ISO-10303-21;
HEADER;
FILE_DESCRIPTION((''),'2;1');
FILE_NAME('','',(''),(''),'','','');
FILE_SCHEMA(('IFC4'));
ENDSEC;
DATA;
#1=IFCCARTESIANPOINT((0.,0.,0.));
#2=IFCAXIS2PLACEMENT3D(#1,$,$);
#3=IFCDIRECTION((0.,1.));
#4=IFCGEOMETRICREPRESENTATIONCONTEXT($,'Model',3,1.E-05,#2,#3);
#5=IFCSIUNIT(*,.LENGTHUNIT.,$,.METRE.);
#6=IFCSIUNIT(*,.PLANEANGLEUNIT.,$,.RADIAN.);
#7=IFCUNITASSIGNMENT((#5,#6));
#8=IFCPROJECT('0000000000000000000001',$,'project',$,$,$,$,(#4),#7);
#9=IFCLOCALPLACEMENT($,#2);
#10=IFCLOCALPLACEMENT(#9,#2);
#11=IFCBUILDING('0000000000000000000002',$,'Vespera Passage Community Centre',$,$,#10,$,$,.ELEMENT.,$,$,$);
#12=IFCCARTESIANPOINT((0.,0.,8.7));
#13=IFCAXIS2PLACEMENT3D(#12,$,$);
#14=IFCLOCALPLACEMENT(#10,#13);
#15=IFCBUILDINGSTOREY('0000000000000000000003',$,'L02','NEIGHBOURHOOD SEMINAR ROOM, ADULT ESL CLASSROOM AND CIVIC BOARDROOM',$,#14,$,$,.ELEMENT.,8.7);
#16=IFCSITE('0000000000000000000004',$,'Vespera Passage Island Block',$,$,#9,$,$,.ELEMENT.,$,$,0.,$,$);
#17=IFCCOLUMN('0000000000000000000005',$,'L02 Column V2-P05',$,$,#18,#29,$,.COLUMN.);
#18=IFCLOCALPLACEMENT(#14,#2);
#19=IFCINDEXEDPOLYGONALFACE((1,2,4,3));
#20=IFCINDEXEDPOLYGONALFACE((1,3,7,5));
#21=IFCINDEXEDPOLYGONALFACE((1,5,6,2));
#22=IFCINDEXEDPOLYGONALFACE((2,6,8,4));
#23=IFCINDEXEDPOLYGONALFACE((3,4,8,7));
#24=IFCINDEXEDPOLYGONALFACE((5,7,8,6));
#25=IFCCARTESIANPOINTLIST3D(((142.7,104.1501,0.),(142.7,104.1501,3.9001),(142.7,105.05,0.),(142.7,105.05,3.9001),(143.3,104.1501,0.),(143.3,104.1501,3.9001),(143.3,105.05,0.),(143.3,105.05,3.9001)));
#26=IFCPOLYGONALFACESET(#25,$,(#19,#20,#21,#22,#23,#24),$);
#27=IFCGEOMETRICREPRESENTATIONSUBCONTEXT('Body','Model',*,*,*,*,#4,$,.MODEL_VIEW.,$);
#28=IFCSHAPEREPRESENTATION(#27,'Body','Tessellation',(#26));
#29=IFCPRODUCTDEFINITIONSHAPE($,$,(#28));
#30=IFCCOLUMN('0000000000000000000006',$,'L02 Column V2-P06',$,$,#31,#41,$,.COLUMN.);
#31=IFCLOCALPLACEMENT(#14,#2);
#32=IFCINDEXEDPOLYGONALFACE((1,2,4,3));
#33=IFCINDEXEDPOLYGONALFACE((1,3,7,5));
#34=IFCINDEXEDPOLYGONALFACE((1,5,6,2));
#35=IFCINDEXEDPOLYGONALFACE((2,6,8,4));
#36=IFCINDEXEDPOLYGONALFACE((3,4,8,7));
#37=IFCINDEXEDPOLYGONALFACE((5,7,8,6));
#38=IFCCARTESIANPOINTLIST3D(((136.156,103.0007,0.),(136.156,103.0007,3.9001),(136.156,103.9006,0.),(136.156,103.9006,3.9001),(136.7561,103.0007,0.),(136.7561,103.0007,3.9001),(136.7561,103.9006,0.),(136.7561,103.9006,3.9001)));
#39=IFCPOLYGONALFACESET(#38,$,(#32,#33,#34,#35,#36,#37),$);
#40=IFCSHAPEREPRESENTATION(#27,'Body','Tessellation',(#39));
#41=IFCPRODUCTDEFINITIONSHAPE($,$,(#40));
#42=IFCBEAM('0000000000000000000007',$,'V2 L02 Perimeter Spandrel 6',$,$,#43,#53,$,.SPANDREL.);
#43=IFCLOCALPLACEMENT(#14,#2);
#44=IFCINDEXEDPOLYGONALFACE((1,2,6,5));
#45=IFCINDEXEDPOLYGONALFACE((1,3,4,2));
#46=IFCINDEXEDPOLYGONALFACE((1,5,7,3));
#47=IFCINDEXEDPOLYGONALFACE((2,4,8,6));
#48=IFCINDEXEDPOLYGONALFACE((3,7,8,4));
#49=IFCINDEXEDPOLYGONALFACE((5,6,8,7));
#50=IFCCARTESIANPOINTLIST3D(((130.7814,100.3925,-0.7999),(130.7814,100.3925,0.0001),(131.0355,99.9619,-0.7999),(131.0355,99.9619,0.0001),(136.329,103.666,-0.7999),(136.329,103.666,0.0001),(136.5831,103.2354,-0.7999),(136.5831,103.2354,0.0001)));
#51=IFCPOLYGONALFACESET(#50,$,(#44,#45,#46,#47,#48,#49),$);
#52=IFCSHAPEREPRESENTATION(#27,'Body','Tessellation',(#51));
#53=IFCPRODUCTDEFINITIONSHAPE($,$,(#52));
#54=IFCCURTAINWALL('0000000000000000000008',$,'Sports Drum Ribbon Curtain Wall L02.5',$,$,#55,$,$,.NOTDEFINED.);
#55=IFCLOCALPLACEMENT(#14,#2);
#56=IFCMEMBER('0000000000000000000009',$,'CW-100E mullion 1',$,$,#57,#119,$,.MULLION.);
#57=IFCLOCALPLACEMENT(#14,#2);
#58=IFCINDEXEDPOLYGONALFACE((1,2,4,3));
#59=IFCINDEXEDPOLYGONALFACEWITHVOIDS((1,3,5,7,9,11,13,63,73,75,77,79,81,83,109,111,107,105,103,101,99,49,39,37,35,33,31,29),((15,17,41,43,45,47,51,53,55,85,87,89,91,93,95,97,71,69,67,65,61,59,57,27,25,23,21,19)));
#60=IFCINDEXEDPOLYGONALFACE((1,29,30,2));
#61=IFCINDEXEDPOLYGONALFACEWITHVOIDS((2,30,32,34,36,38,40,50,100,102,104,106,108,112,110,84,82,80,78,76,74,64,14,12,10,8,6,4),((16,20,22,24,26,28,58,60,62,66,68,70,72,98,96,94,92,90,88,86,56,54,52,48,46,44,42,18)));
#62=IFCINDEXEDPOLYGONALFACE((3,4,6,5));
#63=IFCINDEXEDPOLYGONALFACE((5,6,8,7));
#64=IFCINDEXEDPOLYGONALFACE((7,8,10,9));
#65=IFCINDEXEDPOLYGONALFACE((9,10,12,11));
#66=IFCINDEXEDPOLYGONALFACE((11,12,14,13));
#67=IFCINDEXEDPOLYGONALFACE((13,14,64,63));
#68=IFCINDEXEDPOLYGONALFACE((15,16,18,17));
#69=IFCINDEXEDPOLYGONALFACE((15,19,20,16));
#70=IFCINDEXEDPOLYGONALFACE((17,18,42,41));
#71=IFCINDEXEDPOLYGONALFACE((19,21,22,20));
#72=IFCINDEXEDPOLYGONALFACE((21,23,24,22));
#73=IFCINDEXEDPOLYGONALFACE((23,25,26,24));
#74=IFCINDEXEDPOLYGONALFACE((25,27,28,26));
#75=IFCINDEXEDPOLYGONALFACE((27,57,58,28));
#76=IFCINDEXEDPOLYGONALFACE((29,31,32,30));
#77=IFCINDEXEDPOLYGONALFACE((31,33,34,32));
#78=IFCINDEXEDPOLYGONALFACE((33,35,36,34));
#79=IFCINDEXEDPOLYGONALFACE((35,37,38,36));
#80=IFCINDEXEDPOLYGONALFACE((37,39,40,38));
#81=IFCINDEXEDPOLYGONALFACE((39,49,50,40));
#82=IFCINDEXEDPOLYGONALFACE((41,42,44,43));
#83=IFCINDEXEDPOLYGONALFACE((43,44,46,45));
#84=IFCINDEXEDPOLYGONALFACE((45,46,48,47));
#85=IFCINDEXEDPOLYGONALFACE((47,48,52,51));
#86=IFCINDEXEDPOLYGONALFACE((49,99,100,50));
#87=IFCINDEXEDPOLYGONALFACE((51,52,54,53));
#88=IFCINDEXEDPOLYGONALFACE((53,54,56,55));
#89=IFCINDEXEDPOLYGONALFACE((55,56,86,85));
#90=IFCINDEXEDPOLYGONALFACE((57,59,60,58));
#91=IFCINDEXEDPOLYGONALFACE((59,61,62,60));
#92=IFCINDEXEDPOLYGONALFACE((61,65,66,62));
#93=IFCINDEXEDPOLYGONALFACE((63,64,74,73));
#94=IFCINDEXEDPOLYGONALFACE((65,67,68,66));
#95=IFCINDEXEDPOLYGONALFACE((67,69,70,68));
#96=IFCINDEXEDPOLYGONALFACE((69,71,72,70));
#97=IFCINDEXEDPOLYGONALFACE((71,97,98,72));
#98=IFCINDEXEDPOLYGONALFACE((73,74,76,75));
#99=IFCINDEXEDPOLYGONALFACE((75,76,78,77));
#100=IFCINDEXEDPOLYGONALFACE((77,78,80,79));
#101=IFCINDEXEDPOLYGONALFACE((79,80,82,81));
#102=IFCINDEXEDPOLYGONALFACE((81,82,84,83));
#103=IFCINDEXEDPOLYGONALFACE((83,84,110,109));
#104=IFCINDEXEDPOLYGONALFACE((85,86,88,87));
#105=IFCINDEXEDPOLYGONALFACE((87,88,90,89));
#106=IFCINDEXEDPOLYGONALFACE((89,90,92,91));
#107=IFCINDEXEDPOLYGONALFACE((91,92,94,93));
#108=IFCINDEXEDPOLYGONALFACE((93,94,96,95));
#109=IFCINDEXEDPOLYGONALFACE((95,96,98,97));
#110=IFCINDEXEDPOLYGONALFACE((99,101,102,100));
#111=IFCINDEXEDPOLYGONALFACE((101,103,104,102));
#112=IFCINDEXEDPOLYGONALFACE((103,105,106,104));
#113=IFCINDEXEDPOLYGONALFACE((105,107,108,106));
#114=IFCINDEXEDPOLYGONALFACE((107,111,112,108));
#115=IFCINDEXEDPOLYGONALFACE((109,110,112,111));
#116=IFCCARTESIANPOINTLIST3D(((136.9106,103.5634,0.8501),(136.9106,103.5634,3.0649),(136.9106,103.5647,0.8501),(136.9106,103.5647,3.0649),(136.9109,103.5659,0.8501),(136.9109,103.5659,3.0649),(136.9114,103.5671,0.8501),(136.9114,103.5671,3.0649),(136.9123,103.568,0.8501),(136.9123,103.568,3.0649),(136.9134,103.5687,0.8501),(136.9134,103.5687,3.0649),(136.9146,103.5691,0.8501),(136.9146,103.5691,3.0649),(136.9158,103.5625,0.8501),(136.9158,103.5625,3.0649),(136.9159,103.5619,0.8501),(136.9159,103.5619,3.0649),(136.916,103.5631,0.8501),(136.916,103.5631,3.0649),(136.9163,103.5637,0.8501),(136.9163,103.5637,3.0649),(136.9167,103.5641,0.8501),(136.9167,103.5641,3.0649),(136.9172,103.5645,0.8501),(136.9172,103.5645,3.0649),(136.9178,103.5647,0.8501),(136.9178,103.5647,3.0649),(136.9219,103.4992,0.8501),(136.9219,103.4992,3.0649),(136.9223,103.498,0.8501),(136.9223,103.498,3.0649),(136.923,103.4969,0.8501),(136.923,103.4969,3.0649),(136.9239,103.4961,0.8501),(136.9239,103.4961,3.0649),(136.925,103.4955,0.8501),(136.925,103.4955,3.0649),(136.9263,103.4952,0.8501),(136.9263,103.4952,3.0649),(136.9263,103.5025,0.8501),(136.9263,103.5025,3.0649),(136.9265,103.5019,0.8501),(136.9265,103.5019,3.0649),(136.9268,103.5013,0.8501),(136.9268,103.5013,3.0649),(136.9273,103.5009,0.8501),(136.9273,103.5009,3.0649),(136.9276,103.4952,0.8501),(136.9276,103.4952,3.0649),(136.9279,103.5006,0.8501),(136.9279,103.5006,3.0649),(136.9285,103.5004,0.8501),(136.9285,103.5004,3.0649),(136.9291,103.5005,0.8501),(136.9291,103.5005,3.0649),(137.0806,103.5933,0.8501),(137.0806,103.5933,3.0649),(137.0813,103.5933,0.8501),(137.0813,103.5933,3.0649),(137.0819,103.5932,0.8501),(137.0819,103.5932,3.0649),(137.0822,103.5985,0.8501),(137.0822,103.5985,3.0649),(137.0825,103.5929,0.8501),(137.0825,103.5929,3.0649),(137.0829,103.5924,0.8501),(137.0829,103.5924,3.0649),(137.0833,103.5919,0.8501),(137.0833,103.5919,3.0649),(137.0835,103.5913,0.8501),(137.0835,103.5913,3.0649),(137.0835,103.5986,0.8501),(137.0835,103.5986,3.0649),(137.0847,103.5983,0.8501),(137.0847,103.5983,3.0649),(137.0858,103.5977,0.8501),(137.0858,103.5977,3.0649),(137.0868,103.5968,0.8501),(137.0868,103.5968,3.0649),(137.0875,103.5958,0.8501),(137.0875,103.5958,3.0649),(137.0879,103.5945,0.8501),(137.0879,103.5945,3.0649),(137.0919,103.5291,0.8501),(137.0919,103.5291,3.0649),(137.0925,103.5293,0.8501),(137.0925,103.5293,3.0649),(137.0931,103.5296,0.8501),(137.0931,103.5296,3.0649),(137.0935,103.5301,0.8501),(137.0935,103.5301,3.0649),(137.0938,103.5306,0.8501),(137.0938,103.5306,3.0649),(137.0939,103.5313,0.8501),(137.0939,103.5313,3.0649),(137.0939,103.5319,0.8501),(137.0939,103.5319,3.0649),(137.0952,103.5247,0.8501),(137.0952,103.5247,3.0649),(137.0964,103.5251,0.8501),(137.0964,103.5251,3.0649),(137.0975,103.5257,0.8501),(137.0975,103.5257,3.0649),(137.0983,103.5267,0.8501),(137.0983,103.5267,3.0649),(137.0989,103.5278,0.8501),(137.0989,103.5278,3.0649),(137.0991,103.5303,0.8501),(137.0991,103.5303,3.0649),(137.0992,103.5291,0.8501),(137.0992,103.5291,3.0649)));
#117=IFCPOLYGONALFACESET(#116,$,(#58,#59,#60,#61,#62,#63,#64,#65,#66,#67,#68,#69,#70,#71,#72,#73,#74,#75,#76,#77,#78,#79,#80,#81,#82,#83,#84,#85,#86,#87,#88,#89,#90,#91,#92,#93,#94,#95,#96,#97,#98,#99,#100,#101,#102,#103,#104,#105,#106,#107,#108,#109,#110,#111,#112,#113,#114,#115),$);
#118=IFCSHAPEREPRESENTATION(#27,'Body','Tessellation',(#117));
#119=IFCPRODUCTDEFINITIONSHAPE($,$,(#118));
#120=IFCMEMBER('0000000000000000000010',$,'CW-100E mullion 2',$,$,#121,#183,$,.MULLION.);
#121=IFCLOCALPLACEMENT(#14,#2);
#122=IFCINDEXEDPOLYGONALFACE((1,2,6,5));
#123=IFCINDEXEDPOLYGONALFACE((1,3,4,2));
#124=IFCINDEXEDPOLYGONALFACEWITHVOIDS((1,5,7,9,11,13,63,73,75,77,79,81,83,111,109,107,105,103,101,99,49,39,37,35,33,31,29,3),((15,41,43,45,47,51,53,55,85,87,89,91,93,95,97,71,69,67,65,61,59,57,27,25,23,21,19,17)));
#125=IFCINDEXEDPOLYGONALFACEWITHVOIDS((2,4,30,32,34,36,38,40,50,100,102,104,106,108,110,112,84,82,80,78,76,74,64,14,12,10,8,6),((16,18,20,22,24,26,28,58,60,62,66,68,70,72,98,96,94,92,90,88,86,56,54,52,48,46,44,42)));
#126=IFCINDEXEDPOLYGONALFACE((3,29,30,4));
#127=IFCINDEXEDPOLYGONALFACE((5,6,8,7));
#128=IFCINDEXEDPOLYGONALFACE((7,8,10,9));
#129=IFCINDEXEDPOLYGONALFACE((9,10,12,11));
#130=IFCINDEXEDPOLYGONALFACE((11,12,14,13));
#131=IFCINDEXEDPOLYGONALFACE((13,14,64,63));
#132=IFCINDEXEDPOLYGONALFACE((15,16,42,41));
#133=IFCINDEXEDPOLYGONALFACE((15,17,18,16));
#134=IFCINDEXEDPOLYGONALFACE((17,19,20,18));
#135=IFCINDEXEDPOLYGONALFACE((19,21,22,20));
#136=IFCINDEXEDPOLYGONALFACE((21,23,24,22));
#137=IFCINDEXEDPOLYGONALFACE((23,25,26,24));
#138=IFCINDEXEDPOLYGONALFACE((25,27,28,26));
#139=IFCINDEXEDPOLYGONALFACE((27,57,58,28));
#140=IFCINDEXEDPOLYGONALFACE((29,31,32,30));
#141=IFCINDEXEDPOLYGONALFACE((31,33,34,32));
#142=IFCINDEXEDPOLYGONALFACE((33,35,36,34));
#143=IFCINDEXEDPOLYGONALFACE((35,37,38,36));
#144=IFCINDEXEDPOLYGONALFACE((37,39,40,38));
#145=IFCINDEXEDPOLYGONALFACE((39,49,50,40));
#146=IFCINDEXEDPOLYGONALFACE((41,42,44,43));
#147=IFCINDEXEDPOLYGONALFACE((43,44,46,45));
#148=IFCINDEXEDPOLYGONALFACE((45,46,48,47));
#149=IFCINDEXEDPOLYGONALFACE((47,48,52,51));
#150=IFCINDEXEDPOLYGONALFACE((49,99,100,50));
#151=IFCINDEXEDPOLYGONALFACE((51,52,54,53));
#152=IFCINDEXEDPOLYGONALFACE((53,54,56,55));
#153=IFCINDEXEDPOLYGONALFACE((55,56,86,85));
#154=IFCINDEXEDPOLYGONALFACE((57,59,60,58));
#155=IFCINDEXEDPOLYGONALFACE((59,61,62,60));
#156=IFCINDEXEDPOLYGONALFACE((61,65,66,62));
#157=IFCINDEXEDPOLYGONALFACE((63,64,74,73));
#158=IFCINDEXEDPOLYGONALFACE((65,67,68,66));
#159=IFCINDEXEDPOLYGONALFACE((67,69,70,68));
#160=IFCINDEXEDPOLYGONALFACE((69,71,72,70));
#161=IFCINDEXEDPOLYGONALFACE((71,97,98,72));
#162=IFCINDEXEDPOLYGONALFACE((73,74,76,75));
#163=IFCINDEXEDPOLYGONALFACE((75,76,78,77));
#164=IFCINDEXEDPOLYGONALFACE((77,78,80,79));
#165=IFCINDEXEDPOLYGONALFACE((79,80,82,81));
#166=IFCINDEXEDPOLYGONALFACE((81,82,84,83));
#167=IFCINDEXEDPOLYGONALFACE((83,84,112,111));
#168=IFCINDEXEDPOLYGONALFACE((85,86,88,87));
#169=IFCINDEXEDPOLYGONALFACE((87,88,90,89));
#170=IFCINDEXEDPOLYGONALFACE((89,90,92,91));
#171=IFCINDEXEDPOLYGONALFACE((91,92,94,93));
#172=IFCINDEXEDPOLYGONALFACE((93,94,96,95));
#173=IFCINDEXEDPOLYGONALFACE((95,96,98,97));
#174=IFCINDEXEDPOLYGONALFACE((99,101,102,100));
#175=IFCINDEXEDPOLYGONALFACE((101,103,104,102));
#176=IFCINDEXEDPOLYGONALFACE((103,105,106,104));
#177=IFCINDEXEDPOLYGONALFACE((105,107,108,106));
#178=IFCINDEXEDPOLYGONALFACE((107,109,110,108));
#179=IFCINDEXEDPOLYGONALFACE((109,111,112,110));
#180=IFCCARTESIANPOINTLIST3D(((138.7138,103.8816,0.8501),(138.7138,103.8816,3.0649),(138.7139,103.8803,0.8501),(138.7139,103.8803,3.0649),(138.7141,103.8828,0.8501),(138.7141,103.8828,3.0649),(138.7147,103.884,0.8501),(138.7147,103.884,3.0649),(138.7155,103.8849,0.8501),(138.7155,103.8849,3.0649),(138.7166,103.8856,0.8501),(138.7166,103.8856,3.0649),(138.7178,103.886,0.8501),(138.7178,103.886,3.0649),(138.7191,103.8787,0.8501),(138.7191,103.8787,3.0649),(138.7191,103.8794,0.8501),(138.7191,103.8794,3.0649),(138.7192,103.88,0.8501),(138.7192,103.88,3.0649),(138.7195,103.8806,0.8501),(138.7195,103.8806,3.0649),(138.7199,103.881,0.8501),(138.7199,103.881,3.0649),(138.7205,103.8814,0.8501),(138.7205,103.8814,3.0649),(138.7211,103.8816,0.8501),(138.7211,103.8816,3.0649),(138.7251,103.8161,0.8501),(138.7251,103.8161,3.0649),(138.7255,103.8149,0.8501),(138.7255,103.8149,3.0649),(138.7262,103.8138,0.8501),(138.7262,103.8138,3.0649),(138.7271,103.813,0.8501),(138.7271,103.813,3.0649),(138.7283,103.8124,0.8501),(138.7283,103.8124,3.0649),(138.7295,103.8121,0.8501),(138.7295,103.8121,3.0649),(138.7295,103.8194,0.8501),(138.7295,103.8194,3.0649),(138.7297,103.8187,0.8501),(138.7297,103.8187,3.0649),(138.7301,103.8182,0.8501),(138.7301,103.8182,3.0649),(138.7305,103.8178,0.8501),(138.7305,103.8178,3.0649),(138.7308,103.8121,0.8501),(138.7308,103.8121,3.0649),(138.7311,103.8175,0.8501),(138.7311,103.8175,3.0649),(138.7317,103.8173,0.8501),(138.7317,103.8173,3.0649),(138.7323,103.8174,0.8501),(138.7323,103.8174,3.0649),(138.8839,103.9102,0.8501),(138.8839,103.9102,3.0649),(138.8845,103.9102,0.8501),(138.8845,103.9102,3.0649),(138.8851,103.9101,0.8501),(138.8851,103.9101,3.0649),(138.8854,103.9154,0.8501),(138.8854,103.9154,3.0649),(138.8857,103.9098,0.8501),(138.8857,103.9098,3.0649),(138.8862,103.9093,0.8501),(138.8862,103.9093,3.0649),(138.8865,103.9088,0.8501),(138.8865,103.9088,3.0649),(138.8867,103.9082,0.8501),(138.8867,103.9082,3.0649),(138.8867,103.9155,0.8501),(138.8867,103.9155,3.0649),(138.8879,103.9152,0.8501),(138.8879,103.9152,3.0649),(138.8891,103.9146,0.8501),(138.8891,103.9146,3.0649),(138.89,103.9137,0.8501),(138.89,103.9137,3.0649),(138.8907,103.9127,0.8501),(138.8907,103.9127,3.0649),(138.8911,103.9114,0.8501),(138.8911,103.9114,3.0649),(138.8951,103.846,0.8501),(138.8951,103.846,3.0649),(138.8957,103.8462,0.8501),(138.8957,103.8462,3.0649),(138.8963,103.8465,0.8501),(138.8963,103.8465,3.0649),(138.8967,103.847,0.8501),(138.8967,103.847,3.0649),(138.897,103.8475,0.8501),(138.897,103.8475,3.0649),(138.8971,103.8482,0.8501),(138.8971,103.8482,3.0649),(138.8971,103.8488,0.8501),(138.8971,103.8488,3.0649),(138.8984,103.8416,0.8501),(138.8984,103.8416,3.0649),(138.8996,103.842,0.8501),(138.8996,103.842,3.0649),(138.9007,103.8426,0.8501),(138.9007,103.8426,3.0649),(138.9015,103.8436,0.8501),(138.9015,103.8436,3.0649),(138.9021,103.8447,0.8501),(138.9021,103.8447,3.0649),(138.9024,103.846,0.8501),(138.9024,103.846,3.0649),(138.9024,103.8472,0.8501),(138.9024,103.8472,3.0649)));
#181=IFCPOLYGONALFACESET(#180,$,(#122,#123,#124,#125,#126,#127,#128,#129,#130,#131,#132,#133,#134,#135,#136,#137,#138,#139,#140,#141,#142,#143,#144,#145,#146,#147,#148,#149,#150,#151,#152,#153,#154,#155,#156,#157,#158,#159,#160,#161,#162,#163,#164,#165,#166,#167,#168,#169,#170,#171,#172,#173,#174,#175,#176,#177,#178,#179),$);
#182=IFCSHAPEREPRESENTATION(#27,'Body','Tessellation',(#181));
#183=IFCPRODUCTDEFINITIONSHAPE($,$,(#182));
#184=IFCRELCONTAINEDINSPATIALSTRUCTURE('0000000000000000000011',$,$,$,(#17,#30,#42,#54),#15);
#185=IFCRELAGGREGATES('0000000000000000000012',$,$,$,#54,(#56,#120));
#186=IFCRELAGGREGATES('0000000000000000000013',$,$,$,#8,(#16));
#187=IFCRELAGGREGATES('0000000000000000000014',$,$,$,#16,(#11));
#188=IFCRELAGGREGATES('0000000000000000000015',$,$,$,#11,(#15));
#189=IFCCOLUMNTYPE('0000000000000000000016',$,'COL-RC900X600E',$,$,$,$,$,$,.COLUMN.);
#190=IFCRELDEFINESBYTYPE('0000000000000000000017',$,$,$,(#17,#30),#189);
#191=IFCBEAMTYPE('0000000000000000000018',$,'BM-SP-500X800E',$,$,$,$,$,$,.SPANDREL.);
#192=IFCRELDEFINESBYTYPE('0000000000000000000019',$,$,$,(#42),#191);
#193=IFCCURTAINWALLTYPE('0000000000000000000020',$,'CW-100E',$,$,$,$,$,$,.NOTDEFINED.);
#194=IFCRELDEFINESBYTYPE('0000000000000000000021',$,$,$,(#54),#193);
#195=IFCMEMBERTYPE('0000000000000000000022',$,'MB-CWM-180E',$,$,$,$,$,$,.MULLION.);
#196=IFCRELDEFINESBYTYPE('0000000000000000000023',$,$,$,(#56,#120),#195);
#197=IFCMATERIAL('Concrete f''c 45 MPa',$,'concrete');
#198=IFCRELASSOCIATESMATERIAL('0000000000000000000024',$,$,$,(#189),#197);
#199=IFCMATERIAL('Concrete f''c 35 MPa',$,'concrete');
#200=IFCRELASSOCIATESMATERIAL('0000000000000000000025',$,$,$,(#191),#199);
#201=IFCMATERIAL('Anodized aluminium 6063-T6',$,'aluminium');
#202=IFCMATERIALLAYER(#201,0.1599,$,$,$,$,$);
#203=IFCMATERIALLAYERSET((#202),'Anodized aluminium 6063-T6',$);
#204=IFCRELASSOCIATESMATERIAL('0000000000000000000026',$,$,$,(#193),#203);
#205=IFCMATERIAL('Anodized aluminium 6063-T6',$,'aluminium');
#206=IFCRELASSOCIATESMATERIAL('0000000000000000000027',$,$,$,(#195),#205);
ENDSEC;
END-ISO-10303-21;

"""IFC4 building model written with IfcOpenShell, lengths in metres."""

from ifc_helpers import new_model, si_unit, direction, frame, origin, origin_2d, place, context, subcontext, project, spatial, rectangle, hollow_rectangle, extrude, material, layer, layer_set, material_profile, profile_set, type_object, element, aggregate, save


model = new_model("IFC4")

# Units and contexts
model_context = context("Model", 3, precision=1e-05, world=origin(), true_north=direction((0.0, 1.0)))
body_context = subcontext(model_context, "Body", "Model", "MODEL_VIEW")
ifc_project = project(units=[si_unit("LENGTHUNIT", "METRE"), si_unit("PLANEANGLEUNIT", "RADIAN")], contexts=[model_context])

# Site, building, storey
site_placement = place(None, origin())
site = spatial("IfcSite", under=ifc_project, at=site_placement, Name="Vespera Passage Island Block", CompositionType="ELEMENT", RefElevation=0.0)
building_placement = place(site_placement, origin())
building = spatial("IfcBuilding", under=site, at=building_placement, Name="Vespera Passage Community Centre", CompositionType="ELEMENT")
storey_placement = place(building_placement, frame((0.0, 0.0, 8.7)))
storey = spatial("IfcBuildingStorey", under=building, at=storey_placement, Name="L02", Description="NEIGHBOURHOOD SEMINAR ROOM, ADULT ESL CLASSROOM AND CIVIC BOARDROOM", CompositionType="ELEMENT", Elevation=8.7)

# Columns
ifc_material_1 = material(Name="Concrete f'c 45 MPa", Category="concrete")
ifc_material_profile_1 = material_profile(ifc_material_1, rectangle(XDim=0.6001, YDim=0.8999, at=origin_2d()), Name="RC900X600")
ifc_profile_set_1 = profile_set([ifc_material_profile_1], Name="Concrete f'c 45 MPa")
column_type = type_object("IfcColumnType", Name="COL-RC900X600E", PredefinedType="COLUMN", material=ifc_profile_set_1)
for number, where, z_axis, x_axis, name in (
    (1, (143.0, 104.6001, 0.0), (0.0, 0.0, 1.0), (1.0, 0.0, 0.0), "L02 Column V2-P05"),
    (2, (136.4561, 103.4507, 0.0), (0.0, 0.0, 1.0), (1.0, 0.0, 0.0), "L02 Column V2-P06"),
):
    element("IfcColumn", number, at=place(storey_placement, frame(where, z_axis=z_axis, x_axis=x_axis)), inside=storey, type_object=column_type, Name=name, PredefinedType="COLUMN", context=body_context, shape_type="SweptSolid", body=[
        extrude(rectangle(XDim=0.6001, YDim=0.8999, at=origin_2d()), origin(), (0.0, 0.0, 1.0), 3.9001),
    ])

# Beam
ifc_material_2 = material(Name="Concrete f'c 35 MPa", Category="concrete")
ifc_material_profile_2 = material_profile(ifc_material_2, rectangle(XDim=0.5, YDim=0.8, at=origin_2d()), Name="RC500X800")
ifc_profile_set_2 = profile_set([ifc_material_profile_2], Name="Concrete f'c 35 MPa")
beam_type = type_object("IfcBeamType", Name="BM-SP-500X800E", PredefinedType="SPANDREL", material=ifc_profile_set_2)
beam_placement = place(storey_placement, frame((136.4561, 103.4507, -0.3999), z_axis=(-0.861246, -0.508189, 0.0), x_axis=(0.508189, -0.861246, 0.0)))
element("IfcBeam", 3, at=beam_placement, inside=storey, type_object=beam_type, Name="V2 L02 Perimeter Spandrel 6", PredefinedType="SPANDREL", context=body_context, shape_type="SweptSolid", body=[
    extrude(rectangle(XDim=0.5, YDim=0.8, at=origin_2d()), origin(), (0.0, 0.0, 1.0), 6.4414),
])

# Curtain wall, members
ifc_material_3 = material(Name="Anodized aluminium 6063-T6", Category="aluminium")
ifc_layer_1 = layer(ifc_material_3, 0.1599)
ifc_layer_set_1 = layer_set([ifc_layer_1], Name="Anodized aluminium 6063-T6")
curtain_wall_type_1 = type_object("IfcCurtainWallType", Name="CW-100E", PredefinedType="NOTDEFINED", material=ifc_layer_set_1)
curtain_wall_1_placement = place(storey_placement, origin())
curtain_wall_1 = element("IfcCurtainWall", 4, at=curtain_wall_1_placement, inside=storey, type_object=curtain_wall_type_1, Name="Sports Drum Ribbon Curtain Wall L02.5", PredefinedType="NOTDEFINED")
ifc_material_4 = material(Name="Anodized aluminium 6063-T6", Category="aluminium")
ifc_material_profile_3 = material_profile(ifc_material_4, hollow_rectangle(XDim=0.075, YDim=0.1799, WallThickness=0.0049, InnerFilletRadius=0.0024, OuterFilletRadius=0.0049, at=origin_2d()), Name="ALU180X75X5")
ifc_profile_set_3 = profile_set([ifc_material_profile_3], Name="Anodized aluminium 6063-T6")
member_type_1 = type_object("IfcMemberType", Name="MB-CWM-180E", PredefinedType="MULLION", material=ifc_profile_set_3)
member_1_placement = place(storey_placement, frame((137.0049, 103.5469, 0.8501), z_axis=(0.0, 0.0, 1.0), x_axis=(-0.172994, 0.984923, 0.0)))
member_1 = element("IfcMember", 5, at=member_1_placement, type_object=member_type_1, Name="CW-100E mullion 1", PredefinedType="MULLION", context=body_context, shape_type="SweptSolid", body=[
    extrude(hollow_rectangle(XDim=0.075, YDim=0.1799, WallThickness=0.0049, InnerFilletRadius=0.0024, OuterFilletRadius=0.0049, at=origin_2d()), origin(), (0.0, 0.0, 1.0), 2.2148),
])
member_2_placement = place(storey_placement, frame((138.8081, 103.8638, 0.8501), z_axis=(0.0, 0.0, 1.0), x_axis=(-0.172994, 0.984923, 0.0)))
member_2 = element("IfcMember", 6, at=member_2_placement, type_object=member_type_1, Name="CW-100E mullion 2", PredefinedType="MULLION", context=body_context, shape_type="SweptSolid", body=[
    extrude(hollow_rectangle(XDim=0.075, YDim=0.1799, WallThickness=0.0049, InnerFilletRadius=0.0024, OuterFilletRadius=0.0049, at=origin_2d()), origin(), (0.0, 0.0, 1.0), 2.2148),
])

aggregate(curtain_wall_1, [member_1, member_2])

save(model, "model.ifc")
